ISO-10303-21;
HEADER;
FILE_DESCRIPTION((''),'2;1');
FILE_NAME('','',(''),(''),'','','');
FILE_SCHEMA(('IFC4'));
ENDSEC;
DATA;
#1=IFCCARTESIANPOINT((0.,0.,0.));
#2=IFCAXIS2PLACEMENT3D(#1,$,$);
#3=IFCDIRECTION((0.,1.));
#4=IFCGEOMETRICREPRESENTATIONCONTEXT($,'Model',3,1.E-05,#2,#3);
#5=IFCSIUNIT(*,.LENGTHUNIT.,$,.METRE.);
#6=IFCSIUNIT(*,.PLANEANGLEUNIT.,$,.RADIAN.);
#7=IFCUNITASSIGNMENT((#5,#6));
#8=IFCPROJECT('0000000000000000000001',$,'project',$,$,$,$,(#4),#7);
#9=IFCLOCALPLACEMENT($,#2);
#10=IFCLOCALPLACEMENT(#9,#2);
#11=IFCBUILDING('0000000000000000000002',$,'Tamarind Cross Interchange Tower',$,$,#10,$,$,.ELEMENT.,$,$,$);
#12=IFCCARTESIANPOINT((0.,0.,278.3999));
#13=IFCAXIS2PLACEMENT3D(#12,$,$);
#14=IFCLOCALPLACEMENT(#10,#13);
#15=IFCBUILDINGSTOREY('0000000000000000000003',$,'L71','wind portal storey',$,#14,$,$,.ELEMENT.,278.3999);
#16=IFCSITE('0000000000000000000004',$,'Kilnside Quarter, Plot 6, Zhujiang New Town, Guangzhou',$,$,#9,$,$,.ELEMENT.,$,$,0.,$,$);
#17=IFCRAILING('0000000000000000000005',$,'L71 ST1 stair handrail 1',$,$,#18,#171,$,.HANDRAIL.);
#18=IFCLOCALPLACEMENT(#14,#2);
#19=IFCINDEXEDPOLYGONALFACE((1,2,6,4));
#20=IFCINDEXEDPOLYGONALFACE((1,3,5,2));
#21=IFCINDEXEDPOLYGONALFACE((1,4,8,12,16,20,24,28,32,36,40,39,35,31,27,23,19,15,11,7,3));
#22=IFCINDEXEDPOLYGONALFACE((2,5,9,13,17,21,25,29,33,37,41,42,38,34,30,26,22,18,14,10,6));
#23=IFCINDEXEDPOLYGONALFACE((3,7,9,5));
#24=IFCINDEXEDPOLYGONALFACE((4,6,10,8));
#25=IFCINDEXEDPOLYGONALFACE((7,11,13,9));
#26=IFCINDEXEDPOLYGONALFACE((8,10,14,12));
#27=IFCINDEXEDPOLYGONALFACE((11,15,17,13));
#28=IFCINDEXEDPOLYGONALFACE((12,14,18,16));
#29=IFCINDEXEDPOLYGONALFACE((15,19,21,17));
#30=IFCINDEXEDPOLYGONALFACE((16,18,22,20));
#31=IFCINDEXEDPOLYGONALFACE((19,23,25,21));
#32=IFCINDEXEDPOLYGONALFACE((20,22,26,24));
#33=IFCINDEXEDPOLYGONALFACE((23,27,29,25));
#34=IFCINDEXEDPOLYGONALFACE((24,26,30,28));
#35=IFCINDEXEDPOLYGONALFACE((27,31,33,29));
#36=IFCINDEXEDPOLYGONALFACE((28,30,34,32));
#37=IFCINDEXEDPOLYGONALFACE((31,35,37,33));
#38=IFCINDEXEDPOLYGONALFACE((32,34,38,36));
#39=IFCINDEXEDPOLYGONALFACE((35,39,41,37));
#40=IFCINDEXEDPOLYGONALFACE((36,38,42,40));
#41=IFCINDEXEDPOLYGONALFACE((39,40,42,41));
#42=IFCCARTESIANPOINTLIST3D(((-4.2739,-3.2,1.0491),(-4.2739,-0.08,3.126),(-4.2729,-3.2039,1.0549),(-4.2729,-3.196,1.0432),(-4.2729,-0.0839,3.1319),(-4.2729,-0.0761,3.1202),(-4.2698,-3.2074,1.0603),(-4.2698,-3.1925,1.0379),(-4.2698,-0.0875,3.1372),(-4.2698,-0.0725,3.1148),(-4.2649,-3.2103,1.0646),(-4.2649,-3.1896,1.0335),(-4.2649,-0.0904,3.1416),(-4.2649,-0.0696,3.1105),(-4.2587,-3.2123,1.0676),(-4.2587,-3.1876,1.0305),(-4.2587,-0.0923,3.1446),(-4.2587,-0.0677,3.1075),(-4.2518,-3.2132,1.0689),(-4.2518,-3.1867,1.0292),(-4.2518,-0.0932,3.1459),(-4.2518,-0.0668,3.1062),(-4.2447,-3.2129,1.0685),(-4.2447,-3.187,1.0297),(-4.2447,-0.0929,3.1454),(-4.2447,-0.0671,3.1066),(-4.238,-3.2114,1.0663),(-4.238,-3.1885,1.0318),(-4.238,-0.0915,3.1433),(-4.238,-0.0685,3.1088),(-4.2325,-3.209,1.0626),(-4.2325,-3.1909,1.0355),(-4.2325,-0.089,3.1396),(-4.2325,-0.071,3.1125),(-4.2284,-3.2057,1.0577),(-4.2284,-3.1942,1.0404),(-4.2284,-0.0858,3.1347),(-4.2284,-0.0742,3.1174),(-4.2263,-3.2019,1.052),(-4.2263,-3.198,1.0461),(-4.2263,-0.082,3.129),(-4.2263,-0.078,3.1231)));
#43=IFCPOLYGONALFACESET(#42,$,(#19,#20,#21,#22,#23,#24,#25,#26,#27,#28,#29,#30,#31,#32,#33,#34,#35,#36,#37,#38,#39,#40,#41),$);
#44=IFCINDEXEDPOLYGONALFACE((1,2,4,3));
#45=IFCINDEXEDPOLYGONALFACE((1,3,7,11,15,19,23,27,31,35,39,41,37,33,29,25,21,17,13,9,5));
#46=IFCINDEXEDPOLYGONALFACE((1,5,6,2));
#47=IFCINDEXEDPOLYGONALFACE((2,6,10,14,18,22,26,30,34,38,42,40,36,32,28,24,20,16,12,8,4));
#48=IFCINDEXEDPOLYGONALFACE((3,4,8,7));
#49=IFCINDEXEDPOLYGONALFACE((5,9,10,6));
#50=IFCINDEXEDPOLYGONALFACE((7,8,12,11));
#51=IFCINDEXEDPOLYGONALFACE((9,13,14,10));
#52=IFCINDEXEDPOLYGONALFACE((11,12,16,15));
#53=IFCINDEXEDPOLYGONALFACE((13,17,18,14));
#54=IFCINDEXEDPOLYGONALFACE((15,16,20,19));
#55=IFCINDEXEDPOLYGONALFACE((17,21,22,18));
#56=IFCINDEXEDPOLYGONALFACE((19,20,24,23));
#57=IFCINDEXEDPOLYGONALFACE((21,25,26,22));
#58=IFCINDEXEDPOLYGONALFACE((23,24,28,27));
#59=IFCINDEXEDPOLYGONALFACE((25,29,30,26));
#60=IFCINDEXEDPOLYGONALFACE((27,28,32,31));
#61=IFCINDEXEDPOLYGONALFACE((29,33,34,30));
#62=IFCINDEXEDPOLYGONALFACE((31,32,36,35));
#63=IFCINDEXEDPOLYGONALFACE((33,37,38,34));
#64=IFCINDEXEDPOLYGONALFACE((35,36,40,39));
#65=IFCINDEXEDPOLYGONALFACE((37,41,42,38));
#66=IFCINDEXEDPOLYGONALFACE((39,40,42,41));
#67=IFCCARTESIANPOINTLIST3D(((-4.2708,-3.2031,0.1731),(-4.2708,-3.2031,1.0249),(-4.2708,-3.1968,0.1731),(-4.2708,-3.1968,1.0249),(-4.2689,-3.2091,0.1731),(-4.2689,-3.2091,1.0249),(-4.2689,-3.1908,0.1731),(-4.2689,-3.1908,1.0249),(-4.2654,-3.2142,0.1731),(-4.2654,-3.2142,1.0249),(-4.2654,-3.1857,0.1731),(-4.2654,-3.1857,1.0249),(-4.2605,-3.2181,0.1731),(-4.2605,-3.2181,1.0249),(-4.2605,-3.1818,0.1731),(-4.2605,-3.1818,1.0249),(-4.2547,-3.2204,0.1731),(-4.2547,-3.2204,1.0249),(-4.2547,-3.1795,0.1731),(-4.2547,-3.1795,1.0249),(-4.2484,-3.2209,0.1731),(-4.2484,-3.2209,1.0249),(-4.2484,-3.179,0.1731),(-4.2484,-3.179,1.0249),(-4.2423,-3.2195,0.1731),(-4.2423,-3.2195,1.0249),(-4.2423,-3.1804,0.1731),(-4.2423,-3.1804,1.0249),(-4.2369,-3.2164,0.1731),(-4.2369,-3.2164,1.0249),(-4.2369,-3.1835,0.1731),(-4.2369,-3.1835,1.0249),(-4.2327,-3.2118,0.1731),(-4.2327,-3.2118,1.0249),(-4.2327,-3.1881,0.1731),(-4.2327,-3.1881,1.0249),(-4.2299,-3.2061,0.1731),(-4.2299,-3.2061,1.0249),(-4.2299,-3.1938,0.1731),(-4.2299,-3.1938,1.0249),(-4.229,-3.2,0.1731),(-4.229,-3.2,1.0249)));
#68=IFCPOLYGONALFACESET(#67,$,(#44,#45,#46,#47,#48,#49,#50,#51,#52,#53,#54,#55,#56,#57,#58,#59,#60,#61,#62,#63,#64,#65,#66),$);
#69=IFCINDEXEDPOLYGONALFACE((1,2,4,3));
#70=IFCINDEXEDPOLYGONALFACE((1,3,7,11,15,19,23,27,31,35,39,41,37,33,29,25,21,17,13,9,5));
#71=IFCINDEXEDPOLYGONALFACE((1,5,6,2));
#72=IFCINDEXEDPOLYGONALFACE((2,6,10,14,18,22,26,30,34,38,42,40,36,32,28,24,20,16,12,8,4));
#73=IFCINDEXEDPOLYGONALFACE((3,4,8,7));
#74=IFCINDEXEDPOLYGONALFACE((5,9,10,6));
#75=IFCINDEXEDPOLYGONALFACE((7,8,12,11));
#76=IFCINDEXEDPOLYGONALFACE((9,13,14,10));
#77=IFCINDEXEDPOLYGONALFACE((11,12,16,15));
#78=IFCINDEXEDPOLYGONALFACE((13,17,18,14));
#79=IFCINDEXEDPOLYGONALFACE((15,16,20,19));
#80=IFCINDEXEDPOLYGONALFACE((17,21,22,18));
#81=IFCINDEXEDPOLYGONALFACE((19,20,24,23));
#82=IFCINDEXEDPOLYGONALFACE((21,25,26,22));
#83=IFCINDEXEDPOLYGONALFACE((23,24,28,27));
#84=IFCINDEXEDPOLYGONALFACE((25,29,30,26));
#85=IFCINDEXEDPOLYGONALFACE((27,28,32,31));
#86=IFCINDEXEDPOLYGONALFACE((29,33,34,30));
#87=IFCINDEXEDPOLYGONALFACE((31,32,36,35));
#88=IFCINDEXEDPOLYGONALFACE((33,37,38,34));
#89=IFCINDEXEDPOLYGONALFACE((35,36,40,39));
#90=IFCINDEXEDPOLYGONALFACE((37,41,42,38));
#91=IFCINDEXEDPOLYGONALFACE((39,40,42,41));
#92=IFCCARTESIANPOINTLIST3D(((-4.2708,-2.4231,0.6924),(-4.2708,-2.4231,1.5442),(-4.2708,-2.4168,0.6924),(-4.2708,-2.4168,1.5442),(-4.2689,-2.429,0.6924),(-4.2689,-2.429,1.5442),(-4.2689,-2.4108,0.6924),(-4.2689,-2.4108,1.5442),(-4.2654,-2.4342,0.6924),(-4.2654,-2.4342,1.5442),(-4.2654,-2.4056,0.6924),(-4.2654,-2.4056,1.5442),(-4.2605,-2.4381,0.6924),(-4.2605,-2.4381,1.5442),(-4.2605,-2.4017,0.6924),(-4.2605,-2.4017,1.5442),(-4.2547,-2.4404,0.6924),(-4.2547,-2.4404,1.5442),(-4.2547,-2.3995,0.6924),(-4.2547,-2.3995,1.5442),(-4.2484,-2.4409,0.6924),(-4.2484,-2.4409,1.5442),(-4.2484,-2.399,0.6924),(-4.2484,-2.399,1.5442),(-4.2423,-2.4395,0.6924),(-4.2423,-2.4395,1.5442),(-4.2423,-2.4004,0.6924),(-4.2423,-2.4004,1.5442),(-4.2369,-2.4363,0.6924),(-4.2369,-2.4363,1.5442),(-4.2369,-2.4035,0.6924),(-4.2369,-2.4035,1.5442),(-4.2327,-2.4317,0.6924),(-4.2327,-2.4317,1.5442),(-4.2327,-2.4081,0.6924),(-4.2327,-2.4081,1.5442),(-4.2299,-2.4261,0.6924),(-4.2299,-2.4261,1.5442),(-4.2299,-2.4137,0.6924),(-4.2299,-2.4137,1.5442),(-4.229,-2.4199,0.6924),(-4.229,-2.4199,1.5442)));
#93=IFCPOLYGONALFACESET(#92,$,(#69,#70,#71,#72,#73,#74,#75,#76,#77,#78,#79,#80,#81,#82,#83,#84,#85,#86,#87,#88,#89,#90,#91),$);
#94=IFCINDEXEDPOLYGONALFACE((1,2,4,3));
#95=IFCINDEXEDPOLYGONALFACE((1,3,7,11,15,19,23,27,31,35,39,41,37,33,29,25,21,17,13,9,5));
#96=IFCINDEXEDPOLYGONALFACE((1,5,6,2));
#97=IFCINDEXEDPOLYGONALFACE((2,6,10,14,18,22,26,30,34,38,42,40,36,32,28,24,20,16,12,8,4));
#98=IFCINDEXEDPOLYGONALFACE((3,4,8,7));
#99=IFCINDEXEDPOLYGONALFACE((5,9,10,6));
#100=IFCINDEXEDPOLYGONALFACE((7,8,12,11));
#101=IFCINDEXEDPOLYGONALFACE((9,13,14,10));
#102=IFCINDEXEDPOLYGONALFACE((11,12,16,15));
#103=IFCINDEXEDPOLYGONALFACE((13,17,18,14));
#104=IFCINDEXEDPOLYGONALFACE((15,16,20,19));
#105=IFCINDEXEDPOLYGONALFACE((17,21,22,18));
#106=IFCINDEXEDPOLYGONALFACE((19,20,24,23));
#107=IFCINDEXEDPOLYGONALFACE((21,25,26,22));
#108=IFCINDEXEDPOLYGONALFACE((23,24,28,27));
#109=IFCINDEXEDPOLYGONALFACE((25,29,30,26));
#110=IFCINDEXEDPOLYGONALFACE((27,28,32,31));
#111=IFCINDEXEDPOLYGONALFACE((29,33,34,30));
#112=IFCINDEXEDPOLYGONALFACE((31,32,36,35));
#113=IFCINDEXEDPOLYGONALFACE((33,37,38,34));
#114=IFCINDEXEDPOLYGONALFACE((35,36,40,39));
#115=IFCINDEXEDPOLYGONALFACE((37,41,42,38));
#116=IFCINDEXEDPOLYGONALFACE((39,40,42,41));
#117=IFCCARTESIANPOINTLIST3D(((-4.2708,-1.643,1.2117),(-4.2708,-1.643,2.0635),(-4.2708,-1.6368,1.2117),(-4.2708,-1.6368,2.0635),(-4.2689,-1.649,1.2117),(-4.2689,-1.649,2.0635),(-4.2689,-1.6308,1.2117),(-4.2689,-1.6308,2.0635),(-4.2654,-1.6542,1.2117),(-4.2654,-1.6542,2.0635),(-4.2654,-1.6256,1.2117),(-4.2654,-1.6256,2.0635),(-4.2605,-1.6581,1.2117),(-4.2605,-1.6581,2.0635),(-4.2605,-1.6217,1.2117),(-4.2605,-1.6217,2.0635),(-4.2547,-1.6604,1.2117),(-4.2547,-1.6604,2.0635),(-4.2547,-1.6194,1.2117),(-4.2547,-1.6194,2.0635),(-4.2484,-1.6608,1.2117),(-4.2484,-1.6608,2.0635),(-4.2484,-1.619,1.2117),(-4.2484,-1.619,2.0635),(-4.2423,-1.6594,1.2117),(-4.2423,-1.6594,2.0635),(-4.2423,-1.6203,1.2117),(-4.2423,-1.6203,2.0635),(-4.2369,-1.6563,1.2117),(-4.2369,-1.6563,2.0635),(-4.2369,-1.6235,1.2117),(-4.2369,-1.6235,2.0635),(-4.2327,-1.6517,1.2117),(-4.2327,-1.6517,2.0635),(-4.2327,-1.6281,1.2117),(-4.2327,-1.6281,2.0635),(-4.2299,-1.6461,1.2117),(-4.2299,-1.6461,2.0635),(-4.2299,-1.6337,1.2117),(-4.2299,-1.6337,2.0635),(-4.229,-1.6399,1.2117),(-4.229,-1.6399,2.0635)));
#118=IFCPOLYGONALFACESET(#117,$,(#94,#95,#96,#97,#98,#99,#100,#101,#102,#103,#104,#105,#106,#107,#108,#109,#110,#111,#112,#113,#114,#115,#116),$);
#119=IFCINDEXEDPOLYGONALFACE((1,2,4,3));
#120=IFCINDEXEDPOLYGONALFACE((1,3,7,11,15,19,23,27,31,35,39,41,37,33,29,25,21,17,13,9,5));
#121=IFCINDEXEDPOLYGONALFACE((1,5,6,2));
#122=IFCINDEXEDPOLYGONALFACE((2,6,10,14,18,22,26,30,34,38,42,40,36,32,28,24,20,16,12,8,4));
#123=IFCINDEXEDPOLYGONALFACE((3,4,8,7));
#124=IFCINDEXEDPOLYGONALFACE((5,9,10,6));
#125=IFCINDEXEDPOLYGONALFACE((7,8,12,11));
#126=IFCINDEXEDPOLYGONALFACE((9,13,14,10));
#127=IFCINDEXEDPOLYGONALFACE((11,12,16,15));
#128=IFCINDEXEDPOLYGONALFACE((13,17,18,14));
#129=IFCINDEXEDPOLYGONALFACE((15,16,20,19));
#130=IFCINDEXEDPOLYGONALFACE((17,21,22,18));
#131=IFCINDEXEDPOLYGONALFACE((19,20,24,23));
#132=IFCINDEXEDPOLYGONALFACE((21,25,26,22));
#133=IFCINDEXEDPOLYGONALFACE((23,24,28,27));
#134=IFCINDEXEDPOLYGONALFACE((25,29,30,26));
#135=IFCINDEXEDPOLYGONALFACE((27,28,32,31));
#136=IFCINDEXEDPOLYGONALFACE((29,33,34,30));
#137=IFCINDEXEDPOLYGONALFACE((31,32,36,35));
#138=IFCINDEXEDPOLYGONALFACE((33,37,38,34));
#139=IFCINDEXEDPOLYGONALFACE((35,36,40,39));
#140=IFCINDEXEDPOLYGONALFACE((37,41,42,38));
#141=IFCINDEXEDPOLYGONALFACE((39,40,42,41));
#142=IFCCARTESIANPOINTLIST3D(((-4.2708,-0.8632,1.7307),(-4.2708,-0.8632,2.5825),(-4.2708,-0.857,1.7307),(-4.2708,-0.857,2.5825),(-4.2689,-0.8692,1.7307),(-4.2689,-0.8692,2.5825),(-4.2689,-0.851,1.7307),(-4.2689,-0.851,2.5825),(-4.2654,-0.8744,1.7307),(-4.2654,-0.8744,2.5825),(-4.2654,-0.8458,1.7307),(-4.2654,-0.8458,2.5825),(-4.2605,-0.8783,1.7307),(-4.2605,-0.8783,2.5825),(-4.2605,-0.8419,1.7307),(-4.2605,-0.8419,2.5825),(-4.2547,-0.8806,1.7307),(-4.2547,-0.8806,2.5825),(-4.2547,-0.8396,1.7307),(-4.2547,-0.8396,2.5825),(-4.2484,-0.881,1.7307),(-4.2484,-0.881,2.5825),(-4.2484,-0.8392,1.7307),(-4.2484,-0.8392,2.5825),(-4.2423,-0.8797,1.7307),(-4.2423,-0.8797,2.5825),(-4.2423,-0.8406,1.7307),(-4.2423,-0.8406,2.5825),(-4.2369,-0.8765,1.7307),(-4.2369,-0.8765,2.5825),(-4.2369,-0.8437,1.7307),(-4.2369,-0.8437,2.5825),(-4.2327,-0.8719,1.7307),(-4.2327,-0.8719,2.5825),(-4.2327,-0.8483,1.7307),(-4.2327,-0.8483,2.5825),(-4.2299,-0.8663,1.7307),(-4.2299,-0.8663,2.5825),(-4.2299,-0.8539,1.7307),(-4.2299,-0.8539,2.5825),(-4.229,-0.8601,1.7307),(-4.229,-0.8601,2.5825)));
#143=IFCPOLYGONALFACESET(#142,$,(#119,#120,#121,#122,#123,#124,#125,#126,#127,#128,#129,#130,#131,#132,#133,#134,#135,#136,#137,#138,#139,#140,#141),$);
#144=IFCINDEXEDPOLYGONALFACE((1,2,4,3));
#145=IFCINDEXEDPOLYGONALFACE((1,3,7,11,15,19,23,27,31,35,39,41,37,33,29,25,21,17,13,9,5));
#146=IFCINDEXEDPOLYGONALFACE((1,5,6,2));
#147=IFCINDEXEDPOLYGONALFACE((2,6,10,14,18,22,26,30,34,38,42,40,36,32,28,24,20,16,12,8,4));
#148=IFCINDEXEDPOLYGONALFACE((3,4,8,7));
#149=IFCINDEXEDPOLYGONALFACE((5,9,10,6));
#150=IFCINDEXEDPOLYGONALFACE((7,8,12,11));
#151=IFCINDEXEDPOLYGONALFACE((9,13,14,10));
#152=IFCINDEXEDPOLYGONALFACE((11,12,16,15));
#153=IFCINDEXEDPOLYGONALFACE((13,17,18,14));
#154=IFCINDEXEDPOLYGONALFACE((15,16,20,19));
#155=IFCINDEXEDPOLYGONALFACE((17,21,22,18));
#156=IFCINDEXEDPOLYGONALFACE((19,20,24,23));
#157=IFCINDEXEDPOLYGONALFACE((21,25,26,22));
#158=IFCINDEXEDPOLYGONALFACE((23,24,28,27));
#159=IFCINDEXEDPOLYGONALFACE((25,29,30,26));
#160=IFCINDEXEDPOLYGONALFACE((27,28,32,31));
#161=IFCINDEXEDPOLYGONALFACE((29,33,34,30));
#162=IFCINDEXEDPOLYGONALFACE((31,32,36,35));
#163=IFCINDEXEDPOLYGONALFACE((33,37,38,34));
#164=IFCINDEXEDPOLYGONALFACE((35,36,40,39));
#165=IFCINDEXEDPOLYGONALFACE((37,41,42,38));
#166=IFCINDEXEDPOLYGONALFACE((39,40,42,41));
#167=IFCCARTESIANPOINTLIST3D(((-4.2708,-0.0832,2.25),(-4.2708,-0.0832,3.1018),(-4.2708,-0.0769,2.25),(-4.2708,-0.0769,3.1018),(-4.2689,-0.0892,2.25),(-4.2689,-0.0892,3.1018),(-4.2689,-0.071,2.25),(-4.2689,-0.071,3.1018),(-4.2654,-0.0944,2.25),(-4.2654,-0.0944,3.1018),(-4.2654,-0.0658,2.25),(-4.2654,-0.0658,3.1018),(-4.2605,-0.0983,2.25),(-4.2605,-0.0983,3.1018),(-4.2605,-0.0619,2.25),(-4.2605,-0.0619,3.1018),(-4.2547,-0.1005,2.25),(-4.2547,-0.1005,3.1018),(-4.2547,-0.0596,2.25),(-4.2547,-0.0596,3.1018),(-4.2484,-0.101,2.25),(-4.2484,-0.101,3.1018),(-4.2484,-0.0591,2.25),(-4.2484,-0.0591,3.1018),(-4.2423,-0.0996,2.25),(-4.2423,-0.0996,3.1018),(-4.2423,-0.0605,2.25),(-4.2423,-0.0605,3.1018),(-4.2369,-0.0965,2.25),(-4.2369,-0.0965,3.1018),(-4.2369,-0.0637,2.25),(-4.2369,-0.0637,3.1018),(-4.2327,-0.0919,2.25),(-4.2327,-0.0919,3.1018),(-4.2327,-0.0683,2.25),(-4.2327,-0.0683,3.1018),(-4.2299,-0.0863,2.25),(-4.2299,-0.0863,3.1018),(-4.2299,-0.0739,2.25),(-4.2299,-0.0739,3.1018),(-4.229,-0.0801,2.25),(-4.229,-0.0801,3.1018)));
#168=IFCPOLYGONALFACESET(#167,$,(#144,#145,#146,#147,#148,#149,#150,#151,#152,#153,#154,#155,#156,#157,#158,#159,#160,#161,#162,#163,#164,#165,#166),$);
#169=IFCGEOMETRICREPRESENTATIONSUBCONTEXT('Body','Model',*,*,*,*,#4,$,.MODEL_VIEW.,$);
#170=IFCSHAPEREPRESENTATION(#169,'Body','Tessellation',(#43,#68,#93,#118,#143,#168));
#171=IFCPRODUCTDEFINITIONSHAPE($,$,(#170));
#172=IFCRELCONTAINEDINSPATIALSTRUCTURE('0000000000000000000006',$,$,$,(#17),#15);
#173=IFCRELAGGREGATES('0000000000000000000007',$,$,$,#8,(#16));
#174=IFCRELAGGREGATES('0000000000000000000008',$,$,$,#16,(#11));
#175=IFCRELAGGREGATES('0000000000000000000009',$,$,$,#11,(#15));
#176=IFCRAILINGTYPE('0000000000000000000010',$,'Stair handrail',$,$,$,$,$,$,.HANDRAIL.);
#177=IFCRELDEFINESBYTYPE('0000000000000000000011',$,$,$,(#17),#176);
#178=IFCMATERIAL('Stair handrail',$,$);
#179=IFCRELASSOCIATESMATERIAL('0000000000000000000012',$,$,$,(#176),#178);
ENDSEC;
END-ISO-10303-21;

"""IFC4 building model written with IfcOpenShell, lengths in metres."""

from ifc_helpers import new_model, si_unit, direction, frame, origin, origin_2d, place, context, subcontext, project, spatial, circle, extrude, material, type_object, element, save


model = new_model("IFC4")

# Units and contexts
model_context = context("Model", 3, precision=1e-05, world=origin(), true_north=direction((0.0, 1.0)))
body_context = subcontext(model_context, "Body", "Model", "MODEL_VIEW")
ifc_project = project(units=[si_unit("LENGTHUNIT", "METRE"), si_unit("PLANEANGLEUNIT", "RADIAN")], contexts=[model_context])

# Site, building, storey
site_placement = place(None, origin())
site = spatial("IfcSite", under=ifc_project, at=site_placement, Name="Kilnside Quarter, Plot 6, Zhujiang New Town, Guangzhou", CompositionType="ELEMENT", RefElevation=0.0)
building_placement = place(site_placement, origin())
building = spatial("IfcBuilding", under=site, at=building_placement, Name="Tamarind Cross Interchange Tower", CompositionType="ELEMENT")
storey_placement = place(building_placement, frame((0.0, 0.0, 278.3999)))
storey = spatial("IfcBuildingStorey", under=building, at=storey_placement, Name="L71", Description="wind portal storey", CompositionType="ELEMENT", Elevation=278.3999)

# Railing
ifc_material_1 = material(Name="Stair handrail")
railing_type_1 = type_object("IfcRailingType", Name="Stair handrail", PredefinedType="HANDRAIL", material=ifc_material_1)
railing_1_placement = place(storey_placement, frame((-4.25, -3.2, 0.1731)))
element("IfcRailing", 1, at=railing_1_placement, inside=storey, type_object=railing_type_1, Name="L71 ST1 stair handrail 1", PredefinedType="HANDRAIL", context=body_context, shape_type="SweptSolid", body=[
    extrude(circle(Radius=0.0239, at=origin_2d()), frame((0.0, 0.0, 0.876), z_axis=(0.0, 0.832421, 0.554144), x_axis=(-1.0, 0.0, 0.0)), (0.0, 0.0, 1.0), 3.748),
    extrude(circle(Radius=0.021, at=origin_2d()), origin(), (0.0, 0.0, 1.0), 0.8518),
    extrude(circle(Radius=0.021, at=origin_2d()), frame((0.0, 0.78, 0.5193)), (0.0, 0.0, 1.0), 0.8518),
    extrude(circle(Radius=0.021, at=origin_2d()), frame((0.0, 1.5601, 1.0386)), (0.0, 0.0, 1.0), 0.8518),
    extrude(circle(Radius=0.021, at=origin_2d()), frame((0.0, 2.3398, 1.5576)), (0.0, 0.0, 1.0), 0.8518),
    extrude(circle(Radius=0.021, at=origin_2d()), frame((0.0, 3.1199, 2.0769)), (0.0, 0.0, 1.0), 0.8518),
])

save(model, "model.ifc")
